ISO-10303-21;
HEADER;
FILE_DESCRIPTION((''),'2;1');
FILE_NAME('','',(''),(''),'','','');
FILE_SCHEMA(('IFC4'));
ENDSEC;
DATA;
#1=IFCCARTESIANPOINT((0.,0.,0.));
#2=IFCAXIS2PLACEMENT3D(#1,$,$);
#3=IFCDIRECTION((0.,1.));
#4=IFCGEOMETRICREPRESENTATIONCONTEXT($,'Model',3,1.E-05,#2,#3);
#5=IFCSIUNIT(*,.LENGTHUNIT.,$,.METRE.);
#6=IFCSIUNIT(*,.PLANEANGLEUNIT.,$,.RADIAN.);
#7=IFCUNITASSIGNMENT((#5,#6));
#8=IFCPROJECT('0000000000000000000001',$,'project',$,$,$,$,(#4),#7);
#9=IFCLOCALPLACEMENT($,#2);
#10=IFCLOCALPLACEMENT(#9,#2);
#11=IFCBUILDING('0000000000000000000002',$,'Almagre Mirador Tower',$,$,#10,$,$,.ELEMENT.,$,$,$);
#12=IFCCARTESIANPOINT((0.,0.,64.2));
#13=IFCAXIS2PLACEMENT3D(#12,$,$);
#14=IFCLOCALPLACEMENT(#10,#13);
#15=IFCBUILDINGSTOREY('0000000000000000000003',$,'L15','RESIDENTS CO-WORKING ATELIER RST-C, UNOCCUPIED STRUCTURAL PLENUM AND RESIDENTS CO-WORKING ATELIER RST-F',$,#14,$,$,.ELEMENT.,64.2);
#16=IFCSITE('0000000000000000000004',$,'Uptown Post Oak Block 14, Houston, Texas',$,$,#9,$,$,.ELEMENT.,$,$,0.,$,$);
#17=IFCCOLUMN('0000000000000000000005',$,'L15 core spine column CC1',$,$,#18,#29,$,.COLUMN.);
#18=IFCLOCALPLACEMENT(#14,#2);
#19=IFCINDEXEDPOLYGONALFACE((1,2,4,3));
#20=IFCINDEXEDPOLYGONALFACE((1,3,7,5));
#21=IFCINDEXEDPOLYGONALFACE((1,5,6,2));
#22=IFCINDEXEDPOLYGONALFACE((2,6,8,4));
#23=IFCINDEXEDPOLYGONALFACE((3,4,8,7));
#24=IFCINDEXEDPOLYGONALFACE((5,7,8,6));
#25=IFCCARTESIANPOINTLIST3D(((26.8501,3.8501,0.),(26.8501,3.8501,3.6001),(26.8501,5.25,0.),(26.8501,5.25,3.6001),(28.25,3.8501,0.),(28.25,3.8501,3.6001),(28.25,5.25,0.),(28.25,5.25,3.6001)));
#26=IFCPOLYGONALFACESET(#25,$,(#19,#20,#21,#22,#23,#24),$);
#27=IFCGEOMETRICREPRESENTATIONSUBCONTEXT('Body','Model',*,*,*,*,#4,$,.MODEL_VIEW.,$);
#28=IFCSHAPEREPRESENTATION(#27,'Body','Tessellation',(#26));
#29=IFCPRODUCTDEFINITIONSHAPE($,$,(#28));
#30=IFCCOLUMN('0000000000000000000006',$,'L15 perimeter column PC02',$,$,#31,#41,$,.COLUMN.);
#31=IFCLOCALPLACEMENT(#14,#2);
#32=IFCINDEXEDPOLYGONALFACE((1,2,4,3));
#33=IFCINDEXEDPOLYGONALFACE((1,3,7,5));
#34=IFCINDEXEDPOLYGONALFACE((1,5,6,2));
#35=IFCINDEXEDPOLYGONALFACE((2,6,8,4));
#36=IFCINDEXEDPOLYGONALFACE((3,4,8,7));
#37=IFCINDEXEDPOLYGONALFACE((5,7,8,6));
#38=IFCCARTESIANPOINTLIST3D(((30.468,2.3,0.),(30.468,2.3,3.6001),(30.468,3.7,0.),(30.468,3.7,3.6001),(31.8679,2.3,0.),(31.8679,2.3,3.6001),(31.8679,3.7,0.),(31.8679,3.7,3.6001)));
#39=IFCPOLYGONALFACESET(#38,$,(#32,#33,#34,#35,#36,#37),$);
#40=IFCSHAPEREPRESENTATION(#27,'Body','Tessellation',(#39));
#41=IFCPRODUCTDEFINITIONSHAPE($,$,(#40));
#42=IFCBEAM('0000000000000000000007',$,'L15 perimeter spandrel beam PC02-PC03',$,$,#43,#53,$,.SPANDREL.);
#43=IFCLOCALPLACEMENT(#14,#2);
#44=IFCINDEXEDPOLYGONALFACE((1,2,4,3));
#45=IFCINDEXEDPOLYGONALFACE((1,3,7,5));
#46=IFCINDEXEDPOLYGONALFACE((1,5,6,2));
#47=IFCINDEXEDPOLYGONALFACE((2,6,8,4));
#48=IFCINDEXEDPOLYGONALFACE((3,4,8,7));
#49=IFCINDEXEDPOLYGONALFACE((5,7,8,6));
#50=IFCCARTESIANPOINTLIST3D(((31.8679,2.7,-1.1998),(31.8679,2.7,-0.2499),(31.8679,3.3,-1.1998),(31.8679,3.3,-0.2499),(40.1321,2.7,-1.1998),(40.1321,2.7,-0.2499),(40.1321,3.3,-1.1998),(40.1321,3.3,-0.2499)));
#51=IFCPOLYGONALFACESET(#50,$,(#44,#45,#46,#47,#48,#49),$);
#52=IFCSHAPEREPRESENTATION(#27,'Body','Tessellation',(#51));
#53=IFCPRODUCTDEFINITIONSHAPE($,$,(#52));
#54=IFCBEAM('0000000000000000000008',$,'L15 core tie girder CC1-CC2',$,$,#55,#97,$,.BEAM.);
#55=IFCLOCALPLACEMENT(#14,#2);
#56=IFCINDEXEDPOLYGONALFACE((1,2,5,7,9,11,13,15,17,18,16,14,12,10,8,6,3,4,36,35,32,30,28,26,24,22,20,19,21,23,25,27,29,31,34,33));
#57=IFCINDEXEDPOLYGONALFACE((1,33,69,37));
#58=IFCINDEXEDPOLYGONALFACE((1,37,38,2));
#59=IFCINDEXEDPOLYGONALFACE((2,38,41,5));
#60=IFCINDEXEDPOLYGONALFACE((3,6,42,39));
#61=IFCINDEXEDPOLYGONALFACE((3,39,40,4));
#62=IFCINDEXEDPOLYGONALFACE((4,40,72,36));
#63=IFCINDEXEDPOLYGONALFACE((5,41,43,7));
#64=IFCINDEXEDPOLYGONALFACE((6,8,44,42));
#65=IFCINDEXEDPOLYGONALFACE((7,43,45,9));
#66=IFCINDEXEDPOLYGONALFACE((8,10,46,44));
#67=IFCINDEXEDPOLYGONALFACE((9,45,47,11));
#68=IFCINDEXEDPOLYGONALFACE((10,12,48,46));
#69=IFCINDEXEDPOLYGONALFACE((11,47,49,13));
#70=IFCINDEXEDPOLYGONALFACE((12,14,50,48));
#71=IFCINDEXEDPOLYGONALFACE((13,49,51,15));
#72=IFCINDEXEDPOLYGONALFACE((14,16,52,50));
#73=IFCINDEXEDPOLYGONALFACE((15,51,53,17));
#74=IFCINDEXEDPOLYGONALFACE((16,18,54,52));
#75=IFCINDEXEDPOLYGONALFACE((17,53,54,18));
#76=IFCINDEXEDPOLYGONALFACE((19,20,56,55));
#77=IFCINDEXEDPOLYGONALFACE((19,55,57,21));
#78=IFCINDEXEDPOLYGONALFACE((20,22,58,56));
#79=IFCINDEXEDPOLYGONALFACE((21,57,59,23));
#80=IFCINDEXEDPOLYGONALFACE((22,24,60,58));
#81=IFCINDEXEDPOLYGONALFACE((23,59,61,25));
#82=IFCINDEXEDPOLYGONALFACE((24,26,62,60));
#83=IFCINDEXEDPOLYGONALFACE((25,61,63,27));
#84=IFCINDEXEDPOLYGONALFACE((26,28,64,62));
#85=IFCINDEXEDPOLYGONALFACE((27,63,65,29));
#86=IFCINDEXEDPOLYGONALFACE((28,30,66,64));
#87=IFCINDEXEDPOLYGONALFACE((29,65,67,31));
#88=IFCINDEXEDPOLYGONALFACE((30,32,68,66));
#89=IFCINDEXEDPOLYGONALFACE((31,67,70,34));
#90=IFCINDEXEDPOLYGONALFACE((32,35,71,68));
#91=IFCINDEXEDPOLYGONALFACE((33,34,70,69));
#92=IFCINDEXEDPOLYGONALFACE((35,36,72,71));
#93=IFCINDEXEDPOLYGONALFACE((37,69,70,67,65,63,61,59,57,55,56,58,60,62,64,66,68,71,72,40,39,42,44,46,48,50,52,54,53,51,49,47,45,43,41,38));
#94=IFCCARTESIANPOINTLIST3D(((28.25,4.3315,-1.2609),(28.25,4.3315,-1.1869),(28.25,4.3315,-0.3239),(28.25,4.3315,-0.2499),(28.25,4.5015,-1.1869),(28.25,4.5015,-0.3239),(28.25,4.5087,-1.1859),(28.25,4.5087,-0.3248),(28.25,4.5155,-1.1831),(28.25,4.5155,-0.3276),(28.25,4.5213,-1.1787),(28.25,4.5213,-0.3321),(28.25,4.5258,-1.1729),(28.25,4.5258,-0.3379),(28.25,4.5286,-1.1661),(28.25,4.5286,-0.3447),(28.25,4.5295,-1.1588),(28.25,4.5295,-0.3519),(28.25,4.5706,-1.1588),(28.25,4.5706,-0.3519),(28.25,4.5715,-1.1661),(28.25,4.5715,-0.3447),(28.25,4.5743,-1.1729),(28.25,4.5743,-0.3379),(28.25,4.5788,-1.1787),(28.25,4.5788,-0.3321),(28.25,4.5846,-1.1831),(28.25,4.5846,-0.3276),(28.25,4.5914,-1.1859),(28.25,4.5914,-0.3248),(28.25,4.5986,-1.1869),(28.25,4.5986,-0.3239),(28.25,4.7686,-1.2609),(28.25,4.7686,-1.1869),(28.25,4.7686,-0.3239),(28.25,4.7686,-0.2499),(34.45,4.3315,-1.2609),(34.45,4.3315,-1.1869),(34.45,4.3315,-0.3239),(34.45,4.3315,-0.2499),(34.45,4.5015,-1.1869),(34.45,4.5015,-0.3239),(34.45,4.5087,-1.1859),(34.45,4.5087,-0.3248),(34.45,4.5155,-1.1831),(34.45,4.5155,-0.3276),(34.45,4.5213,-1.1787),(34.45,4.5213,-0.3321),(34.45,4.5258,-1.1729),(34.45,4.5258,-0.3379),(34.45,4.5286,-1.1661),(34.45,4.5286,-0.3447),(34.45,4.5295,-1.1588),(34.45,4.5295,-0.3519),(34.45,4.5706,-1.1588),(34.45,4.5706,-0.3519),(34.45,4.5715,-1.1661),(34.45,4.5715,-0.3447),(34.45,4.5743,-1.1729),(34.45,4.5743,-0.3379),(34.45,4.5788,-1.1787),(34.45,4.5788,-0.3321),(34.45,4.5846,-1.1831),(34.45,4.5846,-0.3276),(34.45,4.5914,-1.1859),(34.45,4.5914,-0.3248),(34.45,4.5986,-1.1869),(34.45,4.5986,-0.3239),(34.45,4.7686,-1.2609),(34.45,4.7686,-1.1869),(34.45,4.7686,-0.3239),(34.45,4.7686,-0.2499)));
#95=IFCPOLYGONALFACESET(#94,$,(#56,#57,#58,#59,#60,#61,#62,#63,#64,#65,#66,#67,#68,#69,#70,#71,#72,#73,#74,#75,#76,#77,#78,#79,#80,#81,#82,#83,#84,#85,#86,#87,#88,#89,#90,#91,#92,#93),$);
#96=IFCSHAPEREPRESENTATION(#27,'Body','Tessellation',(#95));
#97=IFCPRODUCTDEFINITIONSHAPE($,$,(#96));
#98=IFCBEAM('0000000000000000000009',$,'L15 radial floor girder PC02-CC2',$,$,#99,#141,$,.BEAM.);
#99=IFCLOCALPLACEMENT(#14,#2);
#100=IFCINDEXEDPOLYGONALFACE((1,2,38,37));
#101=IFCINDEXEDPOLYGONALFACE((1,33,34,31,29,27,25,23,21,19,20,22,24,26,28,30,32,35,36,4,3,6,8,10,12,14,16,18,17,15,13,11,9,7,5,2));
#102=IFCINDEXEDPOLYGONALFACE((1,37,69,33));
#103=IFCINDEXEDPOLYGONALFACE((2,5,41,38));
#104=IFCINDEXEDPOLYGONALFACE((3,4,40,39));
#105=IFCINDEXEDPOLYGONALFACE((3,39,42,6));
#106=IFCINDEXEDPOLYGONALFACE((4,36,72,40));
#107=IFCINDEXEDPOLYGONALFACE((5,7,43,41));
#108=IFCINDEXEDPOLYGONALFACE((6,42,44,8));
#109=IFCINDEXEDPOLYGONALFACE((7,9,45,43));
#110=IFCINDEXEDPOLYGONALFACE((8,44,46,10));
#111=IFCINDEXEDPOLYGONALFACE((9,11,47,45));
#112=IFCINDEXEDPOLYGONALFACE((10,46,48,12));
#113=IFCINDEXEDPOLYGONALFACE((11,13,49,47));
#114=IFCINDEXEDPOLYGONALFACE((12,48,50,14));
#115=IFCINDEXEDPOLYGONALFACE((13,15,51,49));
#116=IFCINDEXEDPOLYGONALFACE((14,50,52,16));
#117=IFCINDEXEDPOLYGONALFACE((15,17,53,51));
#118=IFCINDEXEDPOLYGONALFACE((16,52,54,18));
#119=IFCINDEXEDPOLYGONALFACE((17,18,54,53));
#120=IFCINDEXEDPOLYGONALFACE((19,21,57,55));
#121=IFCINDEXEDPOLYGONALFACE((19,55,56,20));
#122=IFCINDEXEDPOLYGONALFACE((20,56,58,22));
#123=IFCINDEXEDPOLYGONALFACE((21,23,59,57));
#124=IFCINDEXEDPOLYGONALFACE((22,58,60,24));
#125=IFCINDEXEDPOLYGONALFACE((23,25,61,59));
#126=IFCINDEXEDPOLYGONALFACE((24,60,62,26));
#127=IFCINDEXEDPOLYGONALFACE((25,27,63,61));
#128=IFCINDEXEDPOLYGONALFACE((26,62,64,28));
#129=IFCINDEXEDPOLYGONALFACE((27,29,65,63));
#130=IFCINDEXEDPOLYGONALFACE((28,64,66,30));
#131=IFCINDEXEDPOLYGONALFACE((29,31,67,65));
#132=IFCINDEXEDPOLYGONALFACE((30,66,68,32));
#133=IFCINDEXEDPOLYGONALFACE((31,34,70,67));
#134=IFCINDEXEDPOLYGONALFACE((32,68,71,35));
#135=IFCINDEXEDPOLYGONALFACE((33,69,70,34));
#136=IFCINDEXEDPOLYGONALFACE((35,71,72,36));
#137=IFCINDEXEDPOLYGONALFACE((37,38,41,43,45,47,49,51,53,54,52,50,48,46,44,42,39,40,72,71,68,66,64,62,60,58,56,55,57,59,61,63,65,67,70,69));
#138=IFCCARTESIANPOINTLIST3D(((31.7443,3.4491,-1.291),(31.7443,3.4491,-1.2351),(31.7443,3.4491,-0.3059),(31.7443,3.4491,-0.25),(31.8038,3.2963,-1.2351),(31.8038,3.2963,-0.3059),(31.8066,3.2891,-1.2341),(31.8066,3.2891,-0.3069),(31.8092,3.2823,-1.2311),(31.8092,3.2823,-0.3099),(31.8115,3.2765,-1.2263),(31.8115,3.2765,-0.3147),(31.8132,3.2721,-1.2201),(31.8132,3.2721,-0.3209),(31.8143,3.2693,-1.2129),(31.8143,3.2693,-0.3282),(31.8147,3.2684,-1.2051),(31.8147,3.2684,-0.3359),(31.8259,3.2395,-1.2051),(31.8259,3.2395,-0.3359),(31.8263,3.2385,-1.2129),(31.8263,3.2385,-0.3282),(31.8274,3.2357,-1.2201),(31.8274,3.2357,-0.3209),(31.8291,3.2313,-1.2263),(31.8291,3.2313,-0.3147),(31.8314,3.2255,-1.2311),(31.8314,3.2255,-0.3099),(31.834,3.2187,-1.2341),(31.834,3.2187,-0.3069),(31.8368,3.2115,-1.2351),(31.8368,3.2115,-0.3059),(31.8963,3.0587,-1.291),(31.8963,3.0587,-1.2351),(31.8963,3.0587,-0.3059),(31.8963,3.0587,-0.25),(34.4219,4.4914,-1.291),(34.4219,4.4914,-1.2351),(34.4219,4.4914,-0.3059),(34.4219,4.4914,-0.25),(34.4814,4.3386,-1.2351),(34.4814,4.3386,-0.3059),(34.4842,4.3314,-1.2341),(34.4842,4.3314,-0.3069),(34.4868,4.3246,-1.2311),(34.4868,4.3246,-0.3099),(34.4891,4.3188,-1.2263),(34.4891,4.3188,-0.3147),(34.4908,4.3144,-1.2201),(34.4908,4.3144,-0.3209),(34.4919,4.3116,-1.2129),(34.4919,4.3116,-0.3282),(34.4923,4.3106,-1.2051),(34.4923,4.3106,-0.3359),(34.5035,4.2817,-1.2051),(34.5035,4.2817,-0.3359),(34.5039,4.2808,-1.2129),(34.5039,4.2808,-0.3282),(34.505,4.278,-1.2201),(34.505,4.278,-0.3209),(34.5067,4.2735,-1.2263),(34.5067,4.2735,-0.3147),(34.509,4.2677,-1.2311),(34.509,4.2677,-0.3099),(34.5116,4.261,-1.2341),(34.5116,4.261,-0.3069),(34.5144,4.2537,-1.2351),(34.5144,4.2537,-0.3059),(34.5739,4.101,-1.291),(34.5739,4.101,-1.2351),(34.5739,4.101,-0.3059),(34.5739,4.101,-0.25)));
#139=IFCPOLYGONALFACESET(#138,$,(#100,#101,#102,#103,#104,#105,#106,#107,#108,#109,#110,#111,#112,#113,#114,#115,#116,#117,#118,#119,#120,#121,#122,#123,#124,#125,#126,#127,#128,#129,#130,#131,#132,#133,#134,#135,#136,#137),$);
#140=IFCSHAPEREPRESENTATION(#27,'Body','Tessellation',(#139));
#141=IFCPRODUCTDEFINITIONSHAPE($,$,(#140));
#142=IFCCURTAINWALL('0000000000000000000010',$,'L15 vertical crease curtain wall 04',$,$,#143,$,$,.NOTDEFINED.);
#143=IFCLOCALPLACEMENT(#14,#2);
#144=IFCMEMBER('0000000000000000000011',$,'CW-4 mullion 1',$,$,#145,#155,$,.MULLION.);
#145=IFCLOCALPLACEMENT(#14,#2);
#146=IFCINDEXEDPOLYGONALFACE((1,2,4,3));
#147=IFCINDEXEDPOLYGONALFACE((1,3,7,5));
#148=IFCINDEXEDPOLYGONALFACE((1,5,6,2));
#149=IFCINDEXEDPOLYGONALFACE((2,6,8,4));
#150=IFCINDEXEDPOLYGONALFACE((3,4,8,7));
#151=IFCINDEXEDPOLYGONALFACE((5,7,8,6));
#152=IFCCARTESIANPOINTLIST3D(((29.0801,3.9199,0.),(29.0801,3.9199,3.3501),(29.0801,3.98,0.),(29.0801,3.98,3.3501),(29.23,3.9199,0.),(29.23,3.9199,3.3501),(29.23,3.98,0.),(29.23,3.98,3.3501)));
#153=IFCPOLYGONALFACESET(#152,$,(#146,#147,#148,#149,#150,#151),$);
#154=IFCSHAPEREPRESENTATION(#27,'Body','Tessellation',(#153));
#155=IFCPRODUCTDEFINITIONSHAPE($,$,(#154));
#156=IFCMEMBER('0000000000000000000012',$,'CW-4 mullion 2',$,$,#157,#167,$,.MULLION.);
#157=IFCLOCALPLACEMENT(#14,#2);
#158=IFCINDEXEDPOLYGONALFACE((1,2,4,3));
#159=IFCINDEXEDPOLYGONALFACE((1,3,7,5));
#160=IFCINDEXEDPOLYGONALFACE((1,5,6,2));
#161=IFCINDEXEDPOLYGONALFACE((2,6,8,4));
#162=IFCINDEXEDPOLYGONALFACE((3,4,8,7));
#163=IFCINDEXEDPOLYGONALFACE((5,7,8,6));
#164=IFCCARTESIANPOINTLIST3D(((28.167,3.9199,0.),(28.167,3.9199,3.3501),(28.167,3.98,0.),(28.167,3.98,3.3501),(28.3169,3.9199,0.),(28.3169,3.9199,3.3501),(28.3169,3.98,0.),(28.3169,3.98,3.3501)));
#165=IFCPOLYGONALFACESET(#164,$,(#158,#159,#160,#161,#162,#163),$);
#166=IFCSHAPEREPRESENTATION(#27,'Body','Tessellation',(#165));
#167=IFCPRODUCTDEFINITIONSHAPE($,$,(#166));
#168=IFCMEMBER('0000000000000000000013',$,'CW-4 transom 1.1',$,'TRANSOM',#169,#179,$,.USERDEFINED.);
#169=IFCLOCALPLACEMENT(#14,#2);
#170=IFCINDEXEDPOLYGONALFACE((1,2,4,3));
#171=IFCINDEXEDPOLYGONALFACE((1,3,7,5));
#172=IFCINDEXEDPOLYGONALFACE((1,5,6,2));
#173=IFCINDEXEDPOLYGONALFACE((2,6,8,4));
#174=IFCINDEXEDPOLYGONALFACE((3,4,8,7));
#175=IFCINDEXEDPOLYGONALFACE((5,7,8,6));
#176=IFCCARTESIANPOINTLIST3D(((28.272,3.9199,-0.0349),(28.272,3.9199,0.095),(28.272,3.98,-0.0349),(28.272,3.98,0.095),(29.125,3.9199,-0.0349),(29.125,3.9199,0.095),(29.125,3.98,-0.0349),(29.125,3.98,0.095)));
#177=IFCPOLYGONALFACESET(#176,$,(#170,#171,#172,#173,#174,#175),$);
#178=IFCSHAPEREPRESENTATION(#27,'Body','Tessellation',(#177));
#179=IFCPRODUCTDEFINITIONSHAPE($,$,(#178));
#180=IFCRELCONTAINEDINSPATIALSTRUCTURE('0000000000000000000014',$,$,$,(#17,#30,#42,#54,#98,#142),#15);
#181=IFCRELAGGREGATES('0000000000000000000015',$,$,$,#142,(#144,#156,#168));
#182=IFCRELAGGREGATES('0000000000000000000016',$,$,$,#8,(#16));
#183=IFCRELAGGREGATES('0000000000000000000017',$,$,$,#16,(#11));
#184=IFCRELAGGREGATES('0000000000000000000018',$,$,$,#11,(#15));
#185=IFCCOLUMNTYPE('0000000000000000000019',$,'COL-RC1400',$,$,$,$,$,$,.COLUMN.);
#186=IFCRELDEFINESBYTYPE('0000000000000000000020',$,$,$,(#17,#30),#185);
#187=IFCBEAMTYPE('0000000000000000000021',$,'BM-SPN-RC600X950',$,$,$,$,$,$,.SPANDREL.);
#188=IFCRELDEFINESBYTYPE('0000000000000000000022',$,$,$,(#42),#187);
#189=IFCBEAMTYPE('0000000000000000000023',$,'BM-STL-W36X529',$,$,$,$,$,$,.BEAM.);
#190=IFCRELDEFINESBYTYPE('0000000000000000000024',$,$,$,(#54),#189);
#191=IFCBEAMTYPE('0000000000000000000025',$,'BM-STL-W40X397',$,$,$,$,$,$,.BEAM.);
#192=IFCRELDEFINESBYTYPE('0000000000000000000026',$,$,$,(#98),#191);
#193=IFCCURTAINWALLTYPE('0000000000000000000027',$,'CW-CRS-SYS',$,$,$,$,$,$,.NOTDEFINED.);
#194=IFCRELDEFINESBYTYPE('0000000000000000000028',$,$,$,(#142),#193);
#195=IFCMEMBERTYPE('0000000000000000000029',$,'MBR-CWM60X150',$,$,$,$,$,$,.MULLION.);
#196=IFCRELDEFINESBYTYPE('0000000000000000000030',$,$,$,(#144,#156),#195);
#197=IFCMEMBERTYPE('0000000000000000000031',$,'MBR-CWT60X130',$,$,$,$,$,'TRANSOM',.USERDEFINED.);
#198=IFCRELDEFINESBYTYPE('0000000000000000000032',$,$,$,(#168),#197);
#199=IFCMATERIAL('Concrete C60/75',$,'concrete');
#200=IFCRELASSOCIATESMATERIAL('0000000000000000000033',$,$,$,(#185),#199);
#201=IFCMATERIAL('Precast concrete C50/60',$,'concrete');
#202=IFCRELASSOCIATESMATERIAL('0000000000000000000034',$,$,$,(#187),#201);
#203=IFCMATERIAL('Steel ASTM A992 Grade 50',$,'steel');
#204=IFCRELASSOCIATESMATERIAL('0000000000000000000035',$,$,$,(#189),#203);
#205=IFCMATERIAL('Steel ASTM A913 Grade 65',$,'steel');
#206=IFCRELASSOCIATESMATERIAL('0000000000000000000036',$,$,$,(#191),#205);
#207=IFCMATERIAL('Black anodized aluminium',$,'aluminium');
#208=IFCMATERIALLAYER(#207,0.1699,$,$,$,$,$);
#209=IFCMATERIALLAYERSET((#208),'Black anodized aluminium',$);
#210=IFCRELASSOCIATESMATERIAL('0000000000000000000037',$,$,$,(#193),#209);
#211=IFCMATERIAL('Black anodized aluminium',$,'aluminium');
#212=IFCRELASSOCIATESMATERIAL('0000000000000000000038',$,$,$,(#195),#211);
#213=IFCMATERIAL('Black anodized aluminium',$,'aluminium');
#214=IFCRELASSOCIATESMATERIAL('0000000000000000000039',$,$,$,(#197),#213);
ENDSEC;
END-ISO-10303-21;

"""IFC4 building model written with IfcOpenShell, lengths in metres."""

from ifc_helpers import new_model, si_unit, direction, frame, origin, origin_2d, place, context, subcontext, project, spatial, rectangle, i_section, extrude, material, layer, layer_set, material_profile, profile_set, type_object, element, aggregate, save


model = new_model("IFC4")

# Units and contexts
model_context = context("Model", 3, precision=1e-05, world=origin(), true_north=direction((0.0, 1.0)))
body_context = subcontext(model_context, "Body", "Model", "MODEL_VIEW")
ifc_project = project(units=[si_unit("LENGTHUNIT", "METRE"), si_unit("PLANEANGLEUNIT", "RADIAN")], contexts=[model_context])

# Site, building, storey
site_placement = place(None, origin())
site = spatial("IfcSite", under=ifc_project, at=site_placement, Name="Uptown Post Oak Block 14, Houston, Texas", CompositionType="ELEMENT", RefElevation=0.0)
building_placement = place(site_placement, origin())
building = spatial("IfcBuilding", under=site, at=building_placement, Name="Almagre Mirador Tower", CompositionType="ELEMENT")
storey_placement = place(building_placement, frame((0.0, 0.0, 64.2)))
storey = spatial("IfcBuildingStorey", under=building, at=storey_placement, Name="L15", Description="RESIDENTS CO-WORKING ATELIER RST-C, UNOCCUPIED STRUCTURAL PLENUM AND RESIDENTS CO-WORKING ATELIER RST-F", CompositionType="ELEMENT", Elevation=64.2)

# Columns
ifc_material_1 = material(Name="Concrete C60/75", Category="concrete")
ifc_material_profile_1 = material_profile(ifc_material_1, rectangle(XDim=1.3999, YDim=1.3999, at=origin_2d()), Name="RC1400X1400")
ifc_profile_set_1 = profile_set([ifc_material_profile_1], Name="Concrete C60/75")
column_type = type_object("IfcColumnType", Name="COL-RC1400", PredefinedType="COLUMN", material=ifc_profile_set_1)
for number, where, z_axis, x_axis, name in (
    (1, (27.55, 4.55, 0.0), (0.0, 0.0, 1.0), (1.0, 0.0, 0.0), "L15 core spine column CC1"),
    (2, (31.168, 3.0, 0.0), (0.0, 0.0, 1.0), (1.0, 0.0, 0.0), "L15 perimeter column PC02"),
):
    element("IfcColumn", number, at=place(storey_placement, frame(where, z_axis=z_axis, x_axis=x_axis)), inside=storey, type_object=column_type, Name=name, PredefinedType="COLUMN", context=body_context, shape_type="SweptSolid", body=[
        extrude(rectangle(XDim=1.3999, YDim=1.3999, at=origin_2d()), origin(), (0.0, 0.0, 1.0), 3.6001),
    ])

# Beams
ifc_material_2 = material(Name="Precast concrete C50/60", Category="concrete")
ifc_material_profile_2 = material_profile(ifc_material_2, rectangle(XDim=0.6001, YDim=0.95, at=origin_2d()), Name="RC600X950")
ifc_profile_set_2 = profile_set([ifc_material_profile_2], Name="Precast concrete C50/60")
beam_type_1 = type_object("IfcBeamType", Name="BM-SPN-RC600X950", PredefinedType="SPANDREL", material=ifc_profile_set_2)
beam_1_placement = place(storey_placement, frame((31.8679, 3.0, -0.7249), z_axis=(1.0, 0.0, 0.0), x_axis=(0.0, 1.0, 0.0)))
element("IfcBeam", 3, at=beam_1_placement, inside=storey, type_object=beam_type_1, Name="L15 perimeter spandrel beam PC02-PC03", PredefinedType="SPANDREL", context=body_context, shape_type="SweptSolid", body=[
    extrude(rectangle(XDim=0.6001, YDim=0.95, at=origin_2d()), origin(), (0.0, 0.0, 1.0), 8.2642),
])
ifc_material_3 = material(Name="Steel ASTM A992 Grade 50", Category="steel")
ifc_material_profile_3 = material_profile(ifc_material_3, i_section(OverallWidth=0.437, OverallDepth=1.011, WebThickness=0.041, FlangeThickness=0.074, FilletRadius=0.0281, at=origin_2d()), Name="W36X529")
ifc_profile_set_3 = profile_set([ifc_material_profile_3], Name="Steel ASTM A992 Grade 50")
beam_type_2 = type_object("IfcBeamType", Name="BM-STL-W36X529", PredefinedType="BEAM", material=ifc_profile_set_3)
beam_2_placement = place(storey_placement, frame((28.25, 4.55, -0.7554), z_axis=(1.0, 0.0, 0.0), x_axis=(0.0, 1.0, 0.0)))
element("IfcBeam", 4, at=beam_2_placement, inside=storey, type_object=beam_type_2, Name="L15 core tie girder CC1-CC2", PredefinedType="BEAM", context=body_context, shape_type="SweptSolid", body=[
    extrude(i_section(OverallWidth=0.437, OverallDepth=1.011, WebThickness=0.041, FlangeThickness=0.074, FilletRadius=0.0281, at=origin_2d()), origin(), (0.0, 0.0, 1.0), 6.2),
])
ifc_material_4 = material(Name="Steel ASTM A913 Grade 65", Category="steel")
ifc_material_profile_4 = material_profile(ifc_material_4, i_section(OverallWidth=0.4189, OverallDepth=1.041, WebThickness=0.031, FlangeThickness=0.0559, FilletRadius=0.03, at=origin_2d()), Name="W40X397")
ifc_profile_set_4 = profile_set([ifc_material_profile_4], Name="Steel ASTM A913 Grade 65")
beam_type_3 = type_object("IfcBeamType", Name="BM-STL-W40X397", PredefinedType="BEAM", material=ifc_profile_set_4)
beam_3_placement = place(storey_placement, frame((31.8203, 3.2539, -0.7705), z_axis=(0.931888, 0.362746, 0.0), x_axis=(-0.362746, 0.931888, 0.0)))
element("IfcBeam", 5, at=beam_3_placement, inside=storey, type_object=beam_type_3, Name="L15 radial floor girder PC02-CC2", PredefinedType="BEAM", context=body_context, shape_type="SweptSolid", body=[
    extrude(i_section(OverallWidth=0.4189, OverallDepth=1.041, WebThickness=0.031, FlangeThickness=0.0559, FilletRadius=0.03, at=origin_2d()), origin(), (0.0, 0.0, 1.0), 2.8733),
])

# Curtain wall, members
ifc_material_5 = material(Name="Black anodized aluminium", Category="aluminium")
ifc_layer_1 = layer(ifc_material_5, 0.1699)
ifc_layer_set_1 = layer_set([ifc_layer_1], Name="Black anodized aluminium")
curtain_wall_type = type_object("IfcCurtainWallType", Name="CW-CRS-SYS", PredefinedType="NOTDEFINED", material=ifc_layer_set_1)
curtain_wall_placement = place(storey_placement, origin())
curtain_wall = element("IfcCurtainWall", 6, at=curtain_wall_placement, inside=storey, type_object=curtain_wall_type, Name="L15 vertical crease curtain wall 04", PredefinedType="NOTDEFINED")
ifc_material_6 = material(Name="Black anodized aluminium", Category="aluminium")
ifc_material_profile_5 = material_profile(ifc_material_6, rectangle(XDim=0.0601, YDim=0.1499, at=origin_2d()), Name="CWM60X150")
ifc_profile_set_5 = profile_set([ifc_material_profile_5], Name="Black anodized aluminium")
member_type_1 = type_object("IfcMemberType", Name="MBR-CWM60X150", PredefinedType="MULLION", material=ifc_profile_set_5)
member_1_placement = place(storey_placement, frame((29.155, 3.95, 0.0), z_axis=(0.0, 0.0, 1.0), x_axis=(0.0, -1.0, 0.0)))
member_1 = element("IfcMember", 7, at=member_1_placement, type_object=member_type_1, Name="CW-4 mullion 1", PredefinedType="MULLION", context=body_context, shape_type="SweptSolid", body=[
    extrude(rectangle(XDim=0.0601, YDim=0.1499, at=origin_2d()), origin(), (0.0, 0.0, 1.0), 3.3501),
])
member_2_placement = place(storey_placement, frame((28.2419, 3.95, 0.0), z_axis=(0.0, 0.0, 1.0), x_axis=(0.0, -1.0, 0.0)))
member_2 = element("IfcMember", 8, at=member_2_placement, type_object=member_type_1, Name="CW-4 mullion 2", PredefinedType="MULLION", context=body_context, shape_type="SweptSolid", body=[
    extrude(rectangle(XDim=0.0601, YDim=0.1499, at=origin_2d()), origin(), (0.0, 0.0, 1.0), 3.3501),
])
ifc_material_7 = material(Name="Black anodized aluminium", Category="aluminium")
ifc_material_profile_6 = material_profile(ifc_material_7, rectangle(XDim=0.0601, YDim=0.1299, at=origin_2d()), Name="CWT60X130")
ifc_profile_set_6 = profile_set([ifc_material_profile_6], Name="Black anodized aluminium")
member_type_2 = type_object("IfcMemberType", Name="MBR-CWT60X130", ElementType="TRANSOM", PredefinedType="USERDEFINED", material=ifc_profile_set_6)
member_3_placement = place(storey_placement, frame((29.125, 3.95, 0.03), z_axis=(-1.0, 0.0, 0.0), x_axis=(0.0, -1.0, 0.0)))
member_3 = element("IfcMember", 9, at=member_3_placement, type_object=member_type_2, Name="CW-4 transom 1.1", ObjectType="TRANSOM", PredefinedType="USERDEFINED", context=body_context, shape_type="SweptSolid", body=[
    extrude(rectangle(XDim=0.0601, YDim=0.1299, at=origin_2d()), origin(), (0.0, 0.0, 1.0), 0.853),
])
aggregate(curtain_wall, [member_1, member_2, member_3])

save(model, "model.ifc")
